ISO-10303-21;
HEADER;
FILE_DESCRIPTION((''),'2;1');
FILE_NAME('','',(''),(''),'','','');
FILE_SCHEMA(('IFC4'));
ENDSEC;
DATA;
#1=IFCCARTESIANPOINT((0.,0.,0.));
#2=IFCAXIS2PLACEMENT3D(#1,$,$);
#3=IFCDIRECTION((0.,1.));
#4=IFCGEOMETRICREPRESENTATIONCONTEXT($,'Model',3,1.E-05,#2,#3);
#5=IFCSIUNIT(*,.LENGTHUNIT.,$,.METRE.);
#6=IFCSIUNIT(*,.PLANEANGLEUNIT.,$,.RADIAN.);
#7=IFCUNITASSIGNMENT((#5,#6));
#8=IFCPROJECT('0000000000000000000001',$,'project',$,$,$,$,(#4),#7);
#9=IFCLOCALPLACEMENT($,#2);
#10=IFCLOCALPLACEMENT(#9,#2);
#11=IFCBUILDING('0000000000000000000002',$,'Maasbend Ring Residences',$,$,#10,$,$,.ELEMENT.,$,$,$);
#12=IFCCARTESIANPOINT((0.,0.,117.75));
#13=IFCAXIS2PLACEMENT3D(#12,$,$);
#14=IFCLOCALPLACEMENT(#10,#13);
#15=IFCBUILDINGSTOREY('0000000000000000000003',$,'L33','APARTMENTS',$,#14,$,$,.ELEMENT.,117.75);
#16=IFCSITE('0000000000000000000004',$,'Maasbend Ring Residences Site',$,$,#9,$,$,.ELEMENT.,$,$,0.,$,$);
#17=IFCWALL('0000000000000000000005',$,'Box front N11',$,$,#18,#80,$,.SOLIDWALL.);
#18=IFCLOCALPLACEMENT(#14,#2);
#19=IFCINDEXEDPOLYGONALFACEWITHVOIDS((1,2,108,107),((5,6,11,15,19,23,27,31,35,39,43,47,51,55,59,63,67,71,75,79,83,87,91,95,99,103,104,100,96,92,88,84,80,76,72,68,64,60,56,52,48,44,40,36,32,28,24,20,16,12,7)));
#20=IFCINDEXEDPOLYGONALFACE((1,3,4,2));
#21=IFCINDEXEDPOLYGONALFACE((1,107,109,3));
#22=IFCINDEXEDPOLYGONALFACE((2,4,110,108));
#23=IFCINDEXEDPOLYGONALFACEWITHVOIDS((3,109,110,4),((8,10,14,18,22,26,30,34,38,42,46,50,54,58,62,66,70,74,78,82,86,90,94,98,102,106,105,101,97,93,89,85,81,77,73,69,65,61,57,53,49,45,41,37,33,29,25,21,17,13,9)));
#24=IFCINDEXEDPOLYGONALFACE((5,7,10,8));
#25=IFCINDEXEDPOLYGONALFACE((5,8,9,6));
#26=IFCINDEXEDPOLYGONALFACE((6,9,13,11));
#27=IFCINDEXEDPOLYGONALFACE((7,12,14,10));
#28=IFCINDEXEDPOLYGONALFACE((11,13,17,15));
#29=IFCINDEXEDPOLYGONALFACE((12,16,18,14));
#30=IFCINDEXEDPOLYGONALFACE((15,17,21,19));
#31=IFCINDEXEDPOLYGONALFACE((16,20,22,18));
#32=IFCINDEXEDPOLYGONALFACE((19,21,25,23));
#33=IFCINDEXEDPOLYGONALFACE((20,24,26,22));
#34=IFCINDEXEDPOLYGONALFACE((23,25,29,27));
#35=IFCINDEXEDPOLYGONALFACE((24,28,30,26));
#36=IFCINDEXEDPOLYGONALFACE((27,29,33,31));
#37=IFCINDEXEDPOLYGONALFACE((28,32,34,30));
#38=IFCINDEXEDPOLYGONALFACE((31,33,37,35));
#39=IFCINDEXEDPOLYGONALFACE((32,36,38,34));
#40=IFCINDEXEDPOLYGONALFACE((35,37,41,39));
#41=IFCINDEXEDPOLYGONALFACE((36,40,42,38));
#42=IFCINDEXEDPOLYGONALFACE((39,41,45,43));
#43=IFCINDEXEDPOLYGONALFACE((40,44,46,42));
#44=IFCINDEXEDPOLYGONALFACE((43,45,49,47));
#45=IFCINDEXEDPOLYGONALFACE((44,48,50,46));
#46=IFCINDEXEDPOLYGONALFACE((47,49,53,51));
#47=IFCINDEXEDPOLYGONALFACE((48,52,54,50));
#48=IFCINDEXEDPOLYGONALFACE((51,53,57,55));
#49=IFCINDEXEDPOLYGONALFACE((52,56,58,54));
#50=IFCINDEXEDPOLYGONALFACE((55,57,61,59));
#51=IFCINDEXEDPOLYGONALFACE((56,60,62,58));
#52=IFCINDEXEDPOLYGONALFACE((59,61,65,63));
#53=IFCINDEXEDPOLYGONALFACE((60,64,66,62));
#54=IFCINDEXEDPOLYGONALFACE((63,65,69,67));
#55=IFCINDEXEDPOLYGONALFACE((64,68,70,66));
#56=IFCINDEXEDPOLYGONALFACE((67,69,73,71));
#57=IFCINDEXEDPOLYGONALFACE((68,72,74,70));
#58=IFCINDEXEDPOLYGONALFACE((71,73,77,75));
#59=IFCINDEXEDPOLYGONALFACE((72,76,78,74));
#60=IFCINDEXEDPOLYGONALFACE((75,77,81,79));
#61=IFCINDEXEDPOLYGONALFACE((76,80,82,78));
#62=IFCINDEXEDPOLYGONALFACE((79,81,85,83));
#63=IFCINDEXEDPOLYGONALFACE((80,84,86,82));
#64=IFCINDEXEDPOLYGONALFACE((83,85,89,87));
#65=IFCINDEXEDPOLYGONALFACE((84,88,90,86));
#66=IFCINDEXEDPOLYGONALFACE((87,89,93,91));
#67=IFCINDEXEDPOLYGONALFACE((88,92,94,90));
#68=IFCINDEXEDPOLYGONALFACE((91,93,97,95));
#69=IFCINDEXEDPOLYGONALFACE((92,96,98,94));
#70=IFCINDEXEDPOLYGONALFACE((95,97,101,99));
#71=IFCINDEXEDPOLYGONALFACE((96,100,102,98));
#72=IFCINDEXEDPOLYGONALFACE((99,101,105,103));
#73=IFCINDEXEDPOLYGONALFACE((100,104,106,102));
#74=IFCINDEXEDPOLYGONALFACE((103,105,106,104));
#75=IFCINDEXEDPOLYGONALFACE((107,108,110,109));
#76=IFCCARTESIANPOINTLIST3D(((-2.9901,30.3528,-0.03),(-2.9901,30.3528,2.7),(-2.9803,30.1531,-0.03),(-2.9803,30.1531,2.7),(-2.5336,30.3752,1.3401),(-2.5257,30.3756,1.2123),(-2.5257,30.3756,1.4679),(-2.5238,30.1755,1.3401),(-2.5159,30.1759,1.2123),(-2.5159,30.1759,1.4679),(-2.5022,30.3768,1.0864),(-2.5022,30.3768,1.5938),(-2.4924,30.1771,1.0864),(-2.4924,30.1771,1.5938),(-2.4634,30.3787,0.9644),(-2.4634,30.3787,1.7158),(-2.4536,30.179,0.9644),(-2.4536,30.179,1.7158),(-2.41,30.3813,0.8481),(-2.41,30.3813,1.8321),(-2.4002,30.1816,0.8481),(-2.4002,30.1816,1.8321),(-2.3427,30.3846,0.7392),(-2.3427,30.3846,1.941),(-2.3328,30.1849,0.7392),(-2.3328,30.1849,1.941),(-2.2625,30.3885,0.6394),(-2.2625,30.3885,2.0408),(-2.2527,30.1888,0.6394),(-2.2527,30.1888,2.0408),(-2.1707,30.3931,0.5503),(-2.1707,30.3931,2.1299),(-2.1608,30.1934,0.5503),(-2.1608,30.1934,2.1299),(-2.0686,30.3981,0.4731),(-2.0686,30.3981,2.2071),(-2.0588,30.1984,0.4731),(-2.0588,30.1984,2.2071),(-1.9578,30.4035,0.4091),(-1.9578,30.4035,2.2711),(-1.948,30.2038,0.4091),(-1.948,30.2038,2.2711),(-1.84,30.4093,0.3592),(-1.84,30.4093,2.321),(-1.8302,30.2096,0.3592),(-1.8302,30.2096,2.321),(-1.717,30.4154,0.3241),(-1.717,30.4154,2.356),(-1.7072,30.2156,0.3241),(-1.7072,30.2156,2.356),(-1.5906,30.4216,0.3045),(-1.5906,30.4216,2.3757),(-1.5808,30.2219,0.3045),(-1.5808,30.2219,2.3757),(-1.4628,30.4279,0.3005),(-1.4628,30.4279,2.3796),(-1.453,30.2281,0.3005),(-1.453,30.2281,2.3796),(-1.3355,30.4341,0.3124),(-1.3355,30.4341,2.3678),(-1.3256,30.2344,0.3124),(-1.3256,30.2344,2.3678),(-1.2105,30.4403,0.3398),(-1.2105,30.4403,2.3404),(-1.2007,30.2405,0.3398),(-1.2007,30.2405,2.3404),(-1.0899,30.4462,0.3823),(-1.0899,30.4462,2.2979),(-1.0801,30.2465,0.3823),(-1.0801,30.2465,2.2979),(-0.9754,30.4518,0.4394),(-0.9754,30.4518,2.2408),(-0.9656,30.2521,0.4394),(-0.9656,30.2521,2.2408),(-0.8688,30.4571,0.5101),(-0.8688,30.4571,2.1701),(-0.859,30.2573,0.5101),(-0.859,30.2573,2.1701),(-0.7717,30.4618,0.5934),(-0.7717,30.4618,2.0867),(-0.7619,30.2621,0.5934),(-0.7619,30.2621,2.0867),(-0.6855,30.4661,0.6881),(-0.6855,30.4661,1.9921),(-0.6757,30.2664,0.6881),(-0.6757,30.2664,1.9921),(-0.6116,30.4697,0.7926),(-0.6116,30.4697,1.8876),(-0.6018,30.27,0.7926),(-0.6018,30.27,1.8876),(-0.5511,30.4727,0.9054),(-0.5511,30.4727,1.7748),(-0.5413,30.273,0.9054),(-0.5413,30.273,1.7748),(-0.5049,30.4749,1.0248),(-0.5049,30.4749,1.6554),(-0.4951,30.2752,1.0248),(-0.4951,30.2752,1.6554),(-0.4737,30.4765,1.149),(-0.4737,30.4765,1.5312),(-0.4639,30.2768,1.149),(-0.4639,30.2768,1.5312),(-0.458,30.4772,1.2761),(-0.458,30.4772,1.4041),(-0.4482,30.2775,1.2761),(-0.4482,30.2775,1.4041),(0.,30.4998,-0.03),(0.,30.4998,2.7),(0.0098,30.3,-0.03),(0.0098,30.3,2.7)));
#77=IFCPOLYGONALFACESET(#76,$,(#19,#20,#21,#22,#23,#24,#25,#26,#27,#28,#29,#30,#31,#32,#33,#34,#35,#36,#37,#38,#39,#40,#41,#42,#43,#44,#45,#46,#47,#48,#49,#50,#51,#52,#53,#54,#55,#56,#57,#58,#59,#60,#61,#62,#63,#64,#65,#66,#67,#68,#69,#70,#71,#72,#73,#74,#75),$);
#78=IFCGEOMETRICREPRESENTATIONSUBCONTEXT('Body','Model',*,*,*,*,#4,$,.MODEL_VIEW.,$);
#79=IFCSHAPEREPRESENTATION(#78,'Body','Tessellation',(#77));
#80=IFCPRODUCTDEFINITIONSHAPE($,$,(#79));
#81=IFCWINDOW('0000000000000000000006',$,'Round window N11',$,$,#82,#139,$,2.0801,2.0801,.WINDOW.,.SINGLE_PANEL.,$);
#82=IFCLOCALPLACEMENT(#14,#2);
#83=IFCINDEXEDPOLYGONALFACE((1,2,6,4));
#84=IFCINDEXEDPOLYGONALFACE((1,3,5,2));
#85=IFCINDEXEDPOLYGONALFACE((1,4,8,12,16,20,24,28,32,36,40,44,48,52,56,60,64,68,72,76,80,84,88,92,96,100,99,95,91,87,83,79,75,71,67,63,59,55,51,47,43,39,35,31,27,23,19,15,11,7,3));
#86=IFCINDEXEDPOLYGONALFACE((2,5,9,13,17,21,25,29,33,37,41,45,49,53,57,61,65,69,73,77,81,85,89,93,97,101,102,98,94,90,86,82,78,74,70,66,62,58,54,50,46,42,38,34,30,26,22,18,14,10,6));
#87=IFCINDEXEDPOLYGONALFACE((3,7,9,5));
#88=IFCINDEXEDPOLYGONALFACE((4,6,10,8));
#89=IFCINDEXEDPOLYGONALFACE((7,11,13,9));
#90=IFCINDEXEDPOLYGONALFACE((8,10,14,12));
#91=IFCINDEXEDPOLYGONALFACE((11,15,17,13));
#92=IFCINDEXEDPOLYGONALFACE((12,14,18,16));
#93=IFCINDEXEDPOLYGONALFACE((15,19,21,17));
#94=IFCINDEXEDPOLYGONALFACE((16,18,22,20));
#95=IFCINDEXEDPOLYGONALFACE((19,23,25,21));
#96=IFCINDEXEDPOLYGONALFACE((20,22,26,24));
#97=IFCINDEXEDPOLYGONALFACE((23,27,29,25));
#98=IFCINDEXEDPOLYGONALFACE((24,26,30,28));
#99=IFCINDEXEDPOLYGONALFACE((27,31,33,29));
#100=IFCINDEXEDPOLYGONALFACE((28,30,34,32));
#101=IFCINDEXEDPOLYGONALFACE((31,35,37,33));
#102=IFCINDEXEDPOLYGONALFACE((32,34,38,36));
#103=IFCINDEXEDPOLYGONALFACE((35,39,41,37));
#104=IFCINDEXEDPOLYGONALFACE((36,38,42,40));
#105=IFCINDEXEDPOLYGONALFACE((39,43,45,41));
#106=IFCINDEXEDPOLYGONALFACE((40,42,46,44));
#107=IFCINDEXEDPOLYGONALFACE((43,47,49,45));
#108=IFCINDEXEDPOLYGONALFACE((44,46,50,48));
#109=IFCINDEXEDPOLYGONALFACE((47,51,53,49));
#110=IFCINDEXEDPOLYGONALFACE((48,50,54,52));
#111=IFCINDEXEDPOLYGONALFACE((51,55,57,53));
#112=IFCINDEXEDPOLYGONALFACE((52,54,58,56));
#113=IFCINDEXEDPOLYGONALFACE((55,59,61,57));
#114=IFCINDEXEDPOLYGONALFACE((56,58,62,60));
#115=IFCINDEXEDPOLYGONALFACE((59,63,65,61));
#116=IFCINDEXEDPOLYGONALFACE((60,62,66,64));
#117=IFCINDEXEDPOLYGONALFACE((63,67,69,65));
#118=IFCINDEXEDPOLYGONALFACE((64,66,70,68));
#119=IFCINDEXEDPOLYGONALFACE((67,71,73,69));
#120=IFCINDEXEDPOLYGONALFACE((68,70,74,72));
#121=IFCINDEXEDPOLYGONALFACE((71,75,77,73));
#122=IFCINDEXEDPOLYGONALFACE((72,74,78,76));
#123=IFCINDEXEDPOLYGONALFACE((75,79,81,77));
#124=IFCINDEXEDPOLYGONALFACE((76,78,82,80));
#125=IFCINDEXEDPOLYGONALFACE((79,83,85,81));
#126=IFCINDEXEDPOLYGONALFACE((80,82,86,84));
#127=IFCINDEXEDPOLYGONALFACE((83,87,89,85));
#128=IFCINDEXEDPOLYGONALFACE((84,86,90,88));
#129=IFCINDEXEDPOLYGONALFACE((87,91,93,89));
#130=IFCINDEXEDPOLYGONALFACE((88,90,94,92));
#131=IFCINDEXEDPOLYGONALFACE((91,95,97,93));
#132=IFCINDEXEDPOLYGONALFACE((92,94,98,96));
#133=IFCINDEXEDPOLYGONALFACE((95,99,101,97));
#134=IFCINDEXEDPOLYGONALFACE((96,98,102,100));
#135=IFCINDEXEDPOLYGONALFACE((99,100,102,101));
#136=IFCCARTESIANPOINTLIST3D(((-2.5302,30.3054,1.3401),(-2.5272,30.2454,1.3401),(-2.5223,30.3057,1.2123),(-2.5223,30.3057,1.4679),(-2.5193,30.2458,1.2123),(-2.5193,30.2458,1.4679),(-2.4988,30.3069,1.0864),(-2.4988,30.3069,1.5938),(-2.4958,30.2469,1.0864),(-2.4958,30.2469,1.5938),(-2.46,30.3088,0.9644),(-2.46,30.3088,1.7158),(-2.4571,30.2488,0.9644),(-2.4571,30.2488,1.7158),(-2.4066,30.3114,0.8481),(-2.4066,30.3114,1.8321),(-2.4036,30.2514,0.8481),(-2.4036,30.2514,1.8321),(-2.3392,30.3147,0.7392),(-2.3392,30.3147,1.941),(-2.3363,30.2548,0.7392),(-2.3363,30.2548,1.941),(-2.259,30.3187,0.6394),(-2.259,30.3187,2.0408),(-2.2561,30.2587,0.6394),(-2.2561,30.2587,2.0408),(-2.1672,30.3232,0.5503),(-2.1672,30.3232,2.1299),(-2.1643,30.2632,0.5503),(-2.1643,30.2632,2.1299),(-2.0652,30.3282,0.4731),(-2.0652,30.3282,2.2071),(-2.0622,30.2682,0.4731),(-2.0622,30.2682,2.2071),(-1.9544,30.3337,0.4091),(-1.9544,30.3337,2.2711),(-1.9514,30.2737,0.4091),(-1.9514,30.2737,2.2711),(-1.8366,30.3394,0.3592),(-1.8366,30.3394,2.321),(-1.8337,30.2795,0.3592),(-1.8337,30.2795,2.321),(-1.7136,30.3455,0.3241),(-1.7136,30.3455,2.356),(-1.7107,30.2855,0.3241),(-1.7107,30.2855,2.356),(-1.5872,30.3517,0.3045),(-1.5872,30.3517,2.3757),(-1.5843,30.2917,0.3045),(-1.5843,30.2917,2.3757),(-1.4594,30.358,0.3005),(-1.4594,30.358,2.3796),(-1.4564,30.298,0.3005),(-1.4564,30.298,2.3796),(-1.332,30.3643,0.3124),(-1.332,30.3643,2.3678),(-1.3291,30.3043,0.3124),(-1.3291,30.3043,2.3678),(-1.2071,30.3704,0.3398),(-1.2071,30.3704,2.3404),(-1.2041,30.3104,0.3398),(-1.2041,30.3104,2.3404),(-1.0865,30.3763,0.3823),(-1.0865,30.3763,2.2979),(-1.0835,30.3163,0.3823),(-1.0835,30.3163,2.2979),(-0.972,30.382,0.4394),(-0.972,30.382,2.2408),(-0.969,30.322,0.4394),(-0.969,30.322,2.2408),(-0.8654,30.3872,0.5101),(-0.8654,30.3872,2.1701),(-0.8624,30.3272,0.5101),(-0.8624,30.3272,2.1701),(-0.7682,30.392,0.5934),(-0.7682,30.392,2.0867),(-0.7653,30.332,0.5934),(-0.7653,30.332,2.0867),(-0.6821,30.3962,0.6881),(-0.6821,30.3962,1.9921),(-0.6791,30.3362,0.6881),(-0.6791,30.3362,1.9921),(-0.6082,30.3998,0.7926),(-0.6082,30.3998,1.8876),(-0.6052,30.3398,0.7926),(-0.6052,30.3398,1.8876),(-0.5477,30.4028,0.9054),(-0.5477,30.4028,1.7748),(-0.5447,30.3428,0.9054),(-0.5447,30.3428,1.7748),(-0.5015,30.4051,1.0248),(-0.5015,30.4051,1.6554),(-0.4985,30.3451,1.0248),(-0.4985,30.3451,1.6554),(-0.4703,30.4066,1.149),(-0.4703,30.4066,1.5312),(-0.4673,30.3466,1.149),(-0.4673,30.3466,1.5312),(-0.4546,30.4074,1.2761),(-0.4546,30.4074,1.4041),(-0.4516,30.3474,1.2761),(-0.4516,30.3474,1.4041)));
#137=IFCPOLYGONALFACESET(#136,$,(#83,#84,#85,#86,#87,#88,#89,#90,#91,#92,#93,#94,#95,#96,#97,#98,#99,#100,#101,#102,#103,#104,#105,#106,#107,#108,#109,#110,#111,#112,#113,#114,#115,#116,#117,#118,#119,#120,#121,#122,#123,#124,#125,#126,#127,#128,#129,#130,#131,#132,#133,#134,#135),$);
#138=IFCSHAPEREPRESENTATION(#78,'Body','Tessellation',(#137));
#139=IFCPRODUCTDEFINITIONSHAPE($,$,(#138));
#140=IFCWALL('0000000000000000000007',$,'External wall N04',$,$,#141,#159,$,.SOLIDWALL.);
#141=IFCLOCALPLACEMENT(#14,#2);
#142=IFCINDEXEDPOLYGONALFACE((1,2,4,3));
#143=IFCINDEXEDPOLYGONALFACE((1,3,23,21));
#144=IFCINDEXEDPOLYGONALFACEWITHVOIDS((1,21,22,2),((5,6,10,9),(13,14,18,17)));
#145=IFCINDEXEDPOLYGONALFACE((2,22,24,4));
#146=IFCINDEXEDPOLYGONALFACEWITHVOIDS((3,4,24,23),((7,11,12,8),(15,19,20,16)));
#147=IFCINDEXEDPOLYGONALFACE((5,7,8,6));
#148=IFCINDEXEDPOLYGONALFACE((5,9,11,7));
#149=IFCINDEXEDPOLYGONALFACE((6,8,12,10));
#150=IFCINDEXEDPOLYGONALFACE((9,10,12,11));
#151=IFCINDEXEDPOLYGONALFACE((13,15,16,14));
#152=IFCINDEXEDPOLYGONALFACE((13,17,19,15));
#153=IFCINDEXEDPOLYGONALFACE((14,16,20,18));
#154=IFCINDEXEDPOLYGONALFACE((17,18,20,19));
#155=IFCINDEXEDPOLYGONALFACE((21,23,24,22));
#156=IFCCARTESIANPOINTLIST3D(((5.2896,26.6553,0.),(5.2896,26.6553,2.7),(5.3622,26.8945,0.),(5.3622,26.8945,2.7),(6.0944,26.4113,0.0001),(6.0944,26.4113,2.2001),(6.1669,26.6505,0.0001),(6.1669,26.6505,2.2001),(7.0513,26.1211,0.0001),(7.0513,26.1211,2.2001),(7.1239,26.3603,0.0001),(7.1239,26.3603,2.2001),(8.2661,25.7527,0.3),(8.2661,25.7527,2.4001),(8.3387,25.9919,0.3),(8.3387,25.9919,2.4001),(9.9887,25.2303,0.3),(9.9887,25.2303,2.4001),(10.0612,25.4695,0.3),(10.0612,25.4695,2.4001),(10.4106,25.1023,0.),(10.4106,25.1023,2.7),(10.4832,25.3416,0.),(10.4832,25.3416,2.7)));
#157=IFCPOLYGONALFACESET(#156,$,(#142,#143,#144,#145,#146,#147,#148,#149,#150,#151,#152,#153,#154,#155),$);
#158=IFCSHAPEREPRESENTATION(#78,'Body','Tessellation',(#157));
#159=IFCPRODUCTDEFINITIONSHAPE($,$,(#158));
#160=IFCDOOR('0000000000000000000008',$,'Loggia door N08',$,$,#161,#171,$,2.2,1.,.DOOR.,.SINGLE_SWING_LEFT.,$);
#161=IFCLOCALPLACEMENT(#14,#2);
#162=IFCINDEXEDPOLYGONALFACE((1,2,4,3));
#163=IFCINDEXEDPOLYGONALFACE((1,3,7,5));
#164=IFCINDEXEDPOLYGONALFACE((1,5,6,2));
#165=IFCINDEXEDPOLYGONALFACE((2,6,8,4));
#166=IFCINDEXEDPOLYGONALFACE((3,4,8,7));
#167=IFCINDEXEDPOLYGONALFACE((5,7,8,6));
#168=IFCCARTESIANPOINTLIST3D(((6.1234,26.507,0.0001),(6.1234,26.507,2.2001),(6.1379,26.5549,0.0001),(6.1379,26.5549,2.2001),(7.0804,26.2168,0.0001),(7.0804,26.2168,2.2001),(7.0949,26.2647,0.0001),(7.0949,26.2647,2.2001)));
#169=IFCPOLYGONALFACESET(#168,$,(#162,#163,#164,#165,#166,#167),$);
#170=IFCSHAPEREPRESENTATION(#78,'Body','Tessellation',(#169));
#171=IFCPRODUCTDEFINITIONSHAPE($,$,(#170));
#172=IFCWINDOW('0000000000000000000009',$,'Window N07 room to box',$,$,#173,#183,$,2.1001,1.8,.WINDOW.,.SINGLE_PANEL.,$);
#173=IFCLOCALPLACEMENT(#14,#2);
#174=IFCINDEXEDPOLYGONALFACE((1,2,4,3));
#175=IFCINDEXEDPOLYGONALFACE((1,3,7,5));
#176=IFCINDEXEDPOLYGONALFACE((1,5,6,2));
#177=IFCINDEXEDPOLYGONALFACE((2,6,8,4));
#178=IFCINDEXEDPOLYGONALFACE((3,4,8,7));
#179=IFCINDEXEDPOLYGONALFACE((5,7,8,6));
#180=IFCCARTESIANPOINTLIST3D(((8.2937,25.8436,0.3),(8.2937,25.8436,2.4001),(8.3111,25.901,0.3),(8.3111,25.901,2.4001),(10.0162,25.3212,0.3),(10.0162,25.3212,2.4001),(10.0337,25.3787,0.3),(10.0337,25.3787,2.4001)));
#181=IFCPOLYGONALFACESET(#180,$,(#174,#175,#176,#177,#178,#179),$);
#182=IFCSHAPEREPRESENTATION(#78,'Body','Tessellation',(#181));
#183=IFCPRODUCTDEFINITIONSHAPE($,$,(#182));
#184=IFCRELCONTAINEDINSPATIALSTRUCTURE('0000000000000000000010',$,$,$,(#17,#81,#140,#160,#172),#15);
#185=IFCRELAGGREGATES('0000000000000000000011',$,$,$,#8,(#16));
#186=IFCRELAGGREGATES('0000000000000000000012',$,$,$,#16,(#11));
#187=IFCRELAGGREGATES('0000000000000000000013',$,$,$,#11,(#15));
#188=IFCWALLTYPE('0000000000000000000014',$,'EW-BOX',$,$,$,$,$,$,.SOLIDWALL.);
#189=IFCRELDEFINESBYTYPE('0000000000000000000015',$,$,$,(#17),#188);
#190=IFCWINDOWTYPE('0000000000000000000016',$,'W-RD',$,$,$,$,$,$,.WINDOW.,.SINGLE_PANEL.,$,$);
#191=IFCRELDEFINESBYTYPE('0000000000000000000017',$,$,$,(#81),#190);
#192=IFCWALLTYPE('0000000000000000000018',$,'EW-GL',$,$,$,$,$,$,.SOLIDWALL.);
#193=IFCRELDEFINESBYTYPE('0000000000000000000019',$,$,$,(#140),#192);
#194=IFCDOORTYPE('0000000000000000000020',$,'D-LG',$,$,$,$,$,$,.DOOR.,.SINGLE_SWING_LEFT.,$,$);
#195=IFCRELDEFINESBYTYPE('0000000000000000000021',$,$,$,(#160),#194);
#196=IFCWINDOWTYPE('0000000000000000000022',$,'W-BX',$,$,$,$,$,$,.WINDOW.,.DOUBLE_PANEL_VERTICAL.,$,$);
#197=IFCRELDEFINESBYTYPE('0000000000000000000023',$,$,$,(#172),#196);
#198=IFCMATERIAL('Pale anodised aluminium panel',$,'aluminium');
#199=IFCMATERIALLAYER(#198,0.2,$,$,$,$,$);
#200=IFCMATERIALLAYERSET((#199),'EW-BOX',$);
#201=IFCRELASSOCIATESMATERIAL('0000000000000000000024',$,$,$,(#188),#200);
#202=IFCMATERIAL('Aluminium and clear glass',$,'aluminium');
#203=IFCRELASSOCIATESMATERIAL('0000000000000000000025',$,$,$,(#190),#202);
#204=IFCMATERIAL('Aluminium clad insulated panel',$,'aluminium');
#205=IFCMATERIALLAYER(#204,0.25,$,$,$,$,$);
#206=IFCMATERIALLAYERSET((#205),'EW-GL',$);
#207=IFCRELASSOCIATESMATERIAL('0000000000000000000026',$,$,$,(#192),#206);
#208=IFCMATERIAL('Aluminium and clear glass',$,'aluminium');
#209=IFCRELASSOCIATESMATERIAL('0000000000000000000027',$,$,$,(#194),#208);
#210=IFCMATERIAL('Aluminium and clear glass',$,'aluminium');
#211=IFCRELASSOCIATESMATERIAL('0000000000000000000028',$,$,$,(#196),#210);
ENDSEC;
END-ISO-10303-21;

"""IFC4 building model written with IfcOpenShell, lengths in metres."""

from ifc_helpers import new_model, si_unit, direction, frame, frame_2d, origin, place, context, subcontext, project, spatial, rectangle, circle, extrude, material, layer, layer_set, type_object, element, fill, save


model = new_model("IFC4")

# Units and contexts
model_context = context("Model", 3, precision=1e-05, world=origin(), true_north=direction((0.0, 1.0)))
body_context = subcontext(model_context, "Body", "Model", "MODEL_VIEW")
ifc_project = project(units=[si_unit("LENGTHUNIT", "METRE"), si_unit("PLANEANGLEUNIT", "RADIAN")], contexts=[model_context])

# Site, building, storey
site_placement = place(None, origin())
site = spatial("IfcSite", under=ifc_project, at=site_placement, Name="Maasbend Ring Residences Site", CompositionType="ELEMENT", RefElevation=0.0)
building_placement = place(site_placement, origin())
building = spatial("IfcBuilding", under=site, at=building_placement, Name="Maasbend Ring Residences", CompositionType="ELEMENT")
storey_placement = place(building_placement, frame((0.0, 0.0, 117.75)))
storey = spatial("IfcBuildingStorey", under=building, at=storey_placement, Name="L33", Description="APARTMENTS", CompositionType="ELEMENT", Elevation=117.75)

# Shared definitions
ifc_material_1 = material(Name="Pale anodised aluminium panel", Category="aluminium")
ifc_layer_1 = layer(ifc_material_1, 0.2)
ifc_layer_set_1 = layer_set([ifc_layer_1], Name="EW-BOX")
wall_type_1 = type_object("IfcWallType", Name="EW-BOX", PredefinedType="SOLIDWALL", material=ifc_layer_set_1)

# Shared definitions
ifc_material_2 = material(Name="Aluminium and clear glass", Category="aluminium")
window_type_1 = type_object("IfcWindowType", Name="W-RD", PartitioningType="SINGLE_PANEL", PredefinedType="WINDOW", material=ifc_material_2)

# Wall, opening, window
wall_1_placement = place(storey_placement, frame((0.0049, 30.3999, -0.03), z_axis=(0.0, 0.0, 1.0), x_axis=(-0.998794, -0.049096, 0.0)))
wall_1 = element("IfcWall", 1, at=wall_1_placement, inside=storey, type_object=wall_type_1, Name="Box front N11", PredefinedType="SOLIDWALL", context=body_context, shape_type="SweptSolid", body=[
    extrude(rectangle(XDim=2.9937, YDim=0.2, at=frame_2d((1.4968, 0.0))), origin(), (0.0, 0.0, 1.0), 2.73),
])
opening_1_placement = place(wall_1_placement, frame((0.4565, 0.0, 0.3301)))
opening_1 = element("IfcOpeningElement", 2, at=opening_1_placement, cuts=wall_1, PredefinedType="OPENING", context=body_context, shape_type="SweptSolid", body=[
    extrude(circle(Radius=1.04, at=frame_2d((1.04, 1.04))), frame((0.0, 0.1099, 0.0), z_axis=(0.0, -1.0, 0.0), x_axis=(1.0, 0.0, 0.0)), (0.0, 0.0, 1.0), 0.22),
])
window_1_placement = place(opening_1_placement, origin())
window_1 = element("IfcWindow", 3, at=window_1_placement, inside=storey, type_object=window_type_1, Name="Round window N11", OverallHeight=2.0801, OverallWidth=2.0801, PartitioningType="SINGLE_PANEL", PredefinedType="WINDOW", context=body_context, shape_type="SweptSolid", body=[
    extrude(circle(Radius=1.04, at=frame_2d((1.04, 1.04))), frame((0.0, 0.03, 0.0), z_axis=(0.0, -1.0, 0.0), x_axis=(1.0, 0.0, 0.0)), (0.0, 0.0, 1.0), 0.0601),
])
fill(opening_1, window_1)

# Wall, openings, door, window
ifc_material_3 = material(Name="Aluminium clad insulated panel", Category="aluminium")
ifc_layer_2 = layer(ifc_material_3, 0.25)
ifc_layer_set_2 = layer_set([ifc_layer_2], Name="EW-GL")
wall_type_2 = type_object("IfcWallType", Name="EW-GL", PredefinedType="SOLIDWALL", material=ifc_layer_set_2)
wall_2_placement = place(storey_placement, frame((10.447, 25.2219, 0.0), z_axis=(0.0, 0.0, 1.0), x_axis=(-0.956966, 0.290201, 0.0)))
wall_2 = element("IfcWall", 4, at=wall_2_placement, inside=storey, type_object=wall_type_2, Name="External wall N04", PredefinedType="SOLIDWALL", context=body_context, shape_type="SweptSolid", body=[
    extrude(rectangle(XDim=5.3513, YDim=0.25, at=frame_2d((2.6758, 0.0))), origin(), (0.0, 0.0, 1.0), 2.7),
])
opening_2_placement = place(wall_2_placement, frame((0.4412, 0.0, 0.3)))
opening_2 = element("IfcOpeningElement", 5, at=opening_2_placement, cuts=wall_2, PredefinedType="OPENING", context=body_context, shape_type="SweptSolid", body=[
    extrude(rectangle(XDim=1.8, YDim=2.1001, at=frame_2d((0.8999, 1.05))), frame((0.0, 0.135, 0.0), z_axis=(0.0, -1.0, 0.0), x_axis=(1.0, 0.0, 0.0)), (0.0, 0.0, 1.0), 0.27),
])
opening_3_placement = place(wall_2_placement, frame((3.5105, 0.0, 0.0)))
opening_3 = element("IfcOpeningElement", 6, at=opening_3_placement, cuts=wall_2, PredefinedType="OPENING", context=body_context, shape_type="SweptSolid", body=[
    extrude(rectangle(XDim=1.0, YDim=2.2, at=frame_2d((0.5, 1.1001))), frame((0.0, 0.135, 0.0), z_axis=(0.0, -1.0, 0.0), x_axis=(1.0, 0.0, 0.0)), (0.0, 0.0, 1.0), 0.27),
])
ifc_material_4 = material(Name="Aluminium and clear glass", Category="aluminium")
door_type_1 = type_object("IfcDoorType", Name="D-LG", OperationType="SINGLE_SWING_LEFT", PredefinedType="DOOR", material=ifc_material_4)
door_1_placement = place(opening_3_placement, origin())
door_1 = element("IfcDoor", 7, at=door_1_placement, inside=storey, type_object=door_type_1, Name="Loggia door N08", OperationType="SINGLE_SWING_LEFT", OverallHeight=2.2, OverallWidth=1.0, PredefinedType="DOOR", context=body_context, shape_type="SweptSolid", body=[
    extrude(rectangle(XDim=1.0, YDim=2.2, at=frame_2d((0.5, 1.1001))), frame((0.0, 0.0249, 0.0), z_axis=(0.0, -1.0, 0.0), x_axis=(1.0, 0.0, 0.0)), (0.0, 0.0, 1.0), 0.05),
])
fill(opening_3, door_1)
ifc_material_5 = material(Name="Aluminium and clear glass", Category="aluminium")
window_type_2 = type_object("IfcWindowType", Name="W-BX", PartitioningType="DOUBLE_PANEL_VERTICAL", PredefinedType="WINDOW", material=ifc_material_5)
window_2_placement = place(opening_2_placement, origin())
window_2 = element("IfcWindow", 8, at=window_2_placement, inside=storey, type_object=window_type_2, Name="Window N07 room to box", OverallHeight=2.1001, OverallWidth=1.8, PartitioningType="SINGLE_PANEL", PredefinedType="WINDOW", context=body_context, shape_type="SweptSolid", body=[
    extrude(rectangle(XDim=1.8, YDim=2.1001, at=frame_2d((0.8999, 1.05))), frame((0.0, 0.03, 0.0), z_axis=(0.0, -1.0, 0.0), x_axis=(1.0, 0.0, 0.0)), (0.0, 0.0, 1.0), 0.0601),
])
fill(opening_2, window_2)

save(model, "model.ifc")
